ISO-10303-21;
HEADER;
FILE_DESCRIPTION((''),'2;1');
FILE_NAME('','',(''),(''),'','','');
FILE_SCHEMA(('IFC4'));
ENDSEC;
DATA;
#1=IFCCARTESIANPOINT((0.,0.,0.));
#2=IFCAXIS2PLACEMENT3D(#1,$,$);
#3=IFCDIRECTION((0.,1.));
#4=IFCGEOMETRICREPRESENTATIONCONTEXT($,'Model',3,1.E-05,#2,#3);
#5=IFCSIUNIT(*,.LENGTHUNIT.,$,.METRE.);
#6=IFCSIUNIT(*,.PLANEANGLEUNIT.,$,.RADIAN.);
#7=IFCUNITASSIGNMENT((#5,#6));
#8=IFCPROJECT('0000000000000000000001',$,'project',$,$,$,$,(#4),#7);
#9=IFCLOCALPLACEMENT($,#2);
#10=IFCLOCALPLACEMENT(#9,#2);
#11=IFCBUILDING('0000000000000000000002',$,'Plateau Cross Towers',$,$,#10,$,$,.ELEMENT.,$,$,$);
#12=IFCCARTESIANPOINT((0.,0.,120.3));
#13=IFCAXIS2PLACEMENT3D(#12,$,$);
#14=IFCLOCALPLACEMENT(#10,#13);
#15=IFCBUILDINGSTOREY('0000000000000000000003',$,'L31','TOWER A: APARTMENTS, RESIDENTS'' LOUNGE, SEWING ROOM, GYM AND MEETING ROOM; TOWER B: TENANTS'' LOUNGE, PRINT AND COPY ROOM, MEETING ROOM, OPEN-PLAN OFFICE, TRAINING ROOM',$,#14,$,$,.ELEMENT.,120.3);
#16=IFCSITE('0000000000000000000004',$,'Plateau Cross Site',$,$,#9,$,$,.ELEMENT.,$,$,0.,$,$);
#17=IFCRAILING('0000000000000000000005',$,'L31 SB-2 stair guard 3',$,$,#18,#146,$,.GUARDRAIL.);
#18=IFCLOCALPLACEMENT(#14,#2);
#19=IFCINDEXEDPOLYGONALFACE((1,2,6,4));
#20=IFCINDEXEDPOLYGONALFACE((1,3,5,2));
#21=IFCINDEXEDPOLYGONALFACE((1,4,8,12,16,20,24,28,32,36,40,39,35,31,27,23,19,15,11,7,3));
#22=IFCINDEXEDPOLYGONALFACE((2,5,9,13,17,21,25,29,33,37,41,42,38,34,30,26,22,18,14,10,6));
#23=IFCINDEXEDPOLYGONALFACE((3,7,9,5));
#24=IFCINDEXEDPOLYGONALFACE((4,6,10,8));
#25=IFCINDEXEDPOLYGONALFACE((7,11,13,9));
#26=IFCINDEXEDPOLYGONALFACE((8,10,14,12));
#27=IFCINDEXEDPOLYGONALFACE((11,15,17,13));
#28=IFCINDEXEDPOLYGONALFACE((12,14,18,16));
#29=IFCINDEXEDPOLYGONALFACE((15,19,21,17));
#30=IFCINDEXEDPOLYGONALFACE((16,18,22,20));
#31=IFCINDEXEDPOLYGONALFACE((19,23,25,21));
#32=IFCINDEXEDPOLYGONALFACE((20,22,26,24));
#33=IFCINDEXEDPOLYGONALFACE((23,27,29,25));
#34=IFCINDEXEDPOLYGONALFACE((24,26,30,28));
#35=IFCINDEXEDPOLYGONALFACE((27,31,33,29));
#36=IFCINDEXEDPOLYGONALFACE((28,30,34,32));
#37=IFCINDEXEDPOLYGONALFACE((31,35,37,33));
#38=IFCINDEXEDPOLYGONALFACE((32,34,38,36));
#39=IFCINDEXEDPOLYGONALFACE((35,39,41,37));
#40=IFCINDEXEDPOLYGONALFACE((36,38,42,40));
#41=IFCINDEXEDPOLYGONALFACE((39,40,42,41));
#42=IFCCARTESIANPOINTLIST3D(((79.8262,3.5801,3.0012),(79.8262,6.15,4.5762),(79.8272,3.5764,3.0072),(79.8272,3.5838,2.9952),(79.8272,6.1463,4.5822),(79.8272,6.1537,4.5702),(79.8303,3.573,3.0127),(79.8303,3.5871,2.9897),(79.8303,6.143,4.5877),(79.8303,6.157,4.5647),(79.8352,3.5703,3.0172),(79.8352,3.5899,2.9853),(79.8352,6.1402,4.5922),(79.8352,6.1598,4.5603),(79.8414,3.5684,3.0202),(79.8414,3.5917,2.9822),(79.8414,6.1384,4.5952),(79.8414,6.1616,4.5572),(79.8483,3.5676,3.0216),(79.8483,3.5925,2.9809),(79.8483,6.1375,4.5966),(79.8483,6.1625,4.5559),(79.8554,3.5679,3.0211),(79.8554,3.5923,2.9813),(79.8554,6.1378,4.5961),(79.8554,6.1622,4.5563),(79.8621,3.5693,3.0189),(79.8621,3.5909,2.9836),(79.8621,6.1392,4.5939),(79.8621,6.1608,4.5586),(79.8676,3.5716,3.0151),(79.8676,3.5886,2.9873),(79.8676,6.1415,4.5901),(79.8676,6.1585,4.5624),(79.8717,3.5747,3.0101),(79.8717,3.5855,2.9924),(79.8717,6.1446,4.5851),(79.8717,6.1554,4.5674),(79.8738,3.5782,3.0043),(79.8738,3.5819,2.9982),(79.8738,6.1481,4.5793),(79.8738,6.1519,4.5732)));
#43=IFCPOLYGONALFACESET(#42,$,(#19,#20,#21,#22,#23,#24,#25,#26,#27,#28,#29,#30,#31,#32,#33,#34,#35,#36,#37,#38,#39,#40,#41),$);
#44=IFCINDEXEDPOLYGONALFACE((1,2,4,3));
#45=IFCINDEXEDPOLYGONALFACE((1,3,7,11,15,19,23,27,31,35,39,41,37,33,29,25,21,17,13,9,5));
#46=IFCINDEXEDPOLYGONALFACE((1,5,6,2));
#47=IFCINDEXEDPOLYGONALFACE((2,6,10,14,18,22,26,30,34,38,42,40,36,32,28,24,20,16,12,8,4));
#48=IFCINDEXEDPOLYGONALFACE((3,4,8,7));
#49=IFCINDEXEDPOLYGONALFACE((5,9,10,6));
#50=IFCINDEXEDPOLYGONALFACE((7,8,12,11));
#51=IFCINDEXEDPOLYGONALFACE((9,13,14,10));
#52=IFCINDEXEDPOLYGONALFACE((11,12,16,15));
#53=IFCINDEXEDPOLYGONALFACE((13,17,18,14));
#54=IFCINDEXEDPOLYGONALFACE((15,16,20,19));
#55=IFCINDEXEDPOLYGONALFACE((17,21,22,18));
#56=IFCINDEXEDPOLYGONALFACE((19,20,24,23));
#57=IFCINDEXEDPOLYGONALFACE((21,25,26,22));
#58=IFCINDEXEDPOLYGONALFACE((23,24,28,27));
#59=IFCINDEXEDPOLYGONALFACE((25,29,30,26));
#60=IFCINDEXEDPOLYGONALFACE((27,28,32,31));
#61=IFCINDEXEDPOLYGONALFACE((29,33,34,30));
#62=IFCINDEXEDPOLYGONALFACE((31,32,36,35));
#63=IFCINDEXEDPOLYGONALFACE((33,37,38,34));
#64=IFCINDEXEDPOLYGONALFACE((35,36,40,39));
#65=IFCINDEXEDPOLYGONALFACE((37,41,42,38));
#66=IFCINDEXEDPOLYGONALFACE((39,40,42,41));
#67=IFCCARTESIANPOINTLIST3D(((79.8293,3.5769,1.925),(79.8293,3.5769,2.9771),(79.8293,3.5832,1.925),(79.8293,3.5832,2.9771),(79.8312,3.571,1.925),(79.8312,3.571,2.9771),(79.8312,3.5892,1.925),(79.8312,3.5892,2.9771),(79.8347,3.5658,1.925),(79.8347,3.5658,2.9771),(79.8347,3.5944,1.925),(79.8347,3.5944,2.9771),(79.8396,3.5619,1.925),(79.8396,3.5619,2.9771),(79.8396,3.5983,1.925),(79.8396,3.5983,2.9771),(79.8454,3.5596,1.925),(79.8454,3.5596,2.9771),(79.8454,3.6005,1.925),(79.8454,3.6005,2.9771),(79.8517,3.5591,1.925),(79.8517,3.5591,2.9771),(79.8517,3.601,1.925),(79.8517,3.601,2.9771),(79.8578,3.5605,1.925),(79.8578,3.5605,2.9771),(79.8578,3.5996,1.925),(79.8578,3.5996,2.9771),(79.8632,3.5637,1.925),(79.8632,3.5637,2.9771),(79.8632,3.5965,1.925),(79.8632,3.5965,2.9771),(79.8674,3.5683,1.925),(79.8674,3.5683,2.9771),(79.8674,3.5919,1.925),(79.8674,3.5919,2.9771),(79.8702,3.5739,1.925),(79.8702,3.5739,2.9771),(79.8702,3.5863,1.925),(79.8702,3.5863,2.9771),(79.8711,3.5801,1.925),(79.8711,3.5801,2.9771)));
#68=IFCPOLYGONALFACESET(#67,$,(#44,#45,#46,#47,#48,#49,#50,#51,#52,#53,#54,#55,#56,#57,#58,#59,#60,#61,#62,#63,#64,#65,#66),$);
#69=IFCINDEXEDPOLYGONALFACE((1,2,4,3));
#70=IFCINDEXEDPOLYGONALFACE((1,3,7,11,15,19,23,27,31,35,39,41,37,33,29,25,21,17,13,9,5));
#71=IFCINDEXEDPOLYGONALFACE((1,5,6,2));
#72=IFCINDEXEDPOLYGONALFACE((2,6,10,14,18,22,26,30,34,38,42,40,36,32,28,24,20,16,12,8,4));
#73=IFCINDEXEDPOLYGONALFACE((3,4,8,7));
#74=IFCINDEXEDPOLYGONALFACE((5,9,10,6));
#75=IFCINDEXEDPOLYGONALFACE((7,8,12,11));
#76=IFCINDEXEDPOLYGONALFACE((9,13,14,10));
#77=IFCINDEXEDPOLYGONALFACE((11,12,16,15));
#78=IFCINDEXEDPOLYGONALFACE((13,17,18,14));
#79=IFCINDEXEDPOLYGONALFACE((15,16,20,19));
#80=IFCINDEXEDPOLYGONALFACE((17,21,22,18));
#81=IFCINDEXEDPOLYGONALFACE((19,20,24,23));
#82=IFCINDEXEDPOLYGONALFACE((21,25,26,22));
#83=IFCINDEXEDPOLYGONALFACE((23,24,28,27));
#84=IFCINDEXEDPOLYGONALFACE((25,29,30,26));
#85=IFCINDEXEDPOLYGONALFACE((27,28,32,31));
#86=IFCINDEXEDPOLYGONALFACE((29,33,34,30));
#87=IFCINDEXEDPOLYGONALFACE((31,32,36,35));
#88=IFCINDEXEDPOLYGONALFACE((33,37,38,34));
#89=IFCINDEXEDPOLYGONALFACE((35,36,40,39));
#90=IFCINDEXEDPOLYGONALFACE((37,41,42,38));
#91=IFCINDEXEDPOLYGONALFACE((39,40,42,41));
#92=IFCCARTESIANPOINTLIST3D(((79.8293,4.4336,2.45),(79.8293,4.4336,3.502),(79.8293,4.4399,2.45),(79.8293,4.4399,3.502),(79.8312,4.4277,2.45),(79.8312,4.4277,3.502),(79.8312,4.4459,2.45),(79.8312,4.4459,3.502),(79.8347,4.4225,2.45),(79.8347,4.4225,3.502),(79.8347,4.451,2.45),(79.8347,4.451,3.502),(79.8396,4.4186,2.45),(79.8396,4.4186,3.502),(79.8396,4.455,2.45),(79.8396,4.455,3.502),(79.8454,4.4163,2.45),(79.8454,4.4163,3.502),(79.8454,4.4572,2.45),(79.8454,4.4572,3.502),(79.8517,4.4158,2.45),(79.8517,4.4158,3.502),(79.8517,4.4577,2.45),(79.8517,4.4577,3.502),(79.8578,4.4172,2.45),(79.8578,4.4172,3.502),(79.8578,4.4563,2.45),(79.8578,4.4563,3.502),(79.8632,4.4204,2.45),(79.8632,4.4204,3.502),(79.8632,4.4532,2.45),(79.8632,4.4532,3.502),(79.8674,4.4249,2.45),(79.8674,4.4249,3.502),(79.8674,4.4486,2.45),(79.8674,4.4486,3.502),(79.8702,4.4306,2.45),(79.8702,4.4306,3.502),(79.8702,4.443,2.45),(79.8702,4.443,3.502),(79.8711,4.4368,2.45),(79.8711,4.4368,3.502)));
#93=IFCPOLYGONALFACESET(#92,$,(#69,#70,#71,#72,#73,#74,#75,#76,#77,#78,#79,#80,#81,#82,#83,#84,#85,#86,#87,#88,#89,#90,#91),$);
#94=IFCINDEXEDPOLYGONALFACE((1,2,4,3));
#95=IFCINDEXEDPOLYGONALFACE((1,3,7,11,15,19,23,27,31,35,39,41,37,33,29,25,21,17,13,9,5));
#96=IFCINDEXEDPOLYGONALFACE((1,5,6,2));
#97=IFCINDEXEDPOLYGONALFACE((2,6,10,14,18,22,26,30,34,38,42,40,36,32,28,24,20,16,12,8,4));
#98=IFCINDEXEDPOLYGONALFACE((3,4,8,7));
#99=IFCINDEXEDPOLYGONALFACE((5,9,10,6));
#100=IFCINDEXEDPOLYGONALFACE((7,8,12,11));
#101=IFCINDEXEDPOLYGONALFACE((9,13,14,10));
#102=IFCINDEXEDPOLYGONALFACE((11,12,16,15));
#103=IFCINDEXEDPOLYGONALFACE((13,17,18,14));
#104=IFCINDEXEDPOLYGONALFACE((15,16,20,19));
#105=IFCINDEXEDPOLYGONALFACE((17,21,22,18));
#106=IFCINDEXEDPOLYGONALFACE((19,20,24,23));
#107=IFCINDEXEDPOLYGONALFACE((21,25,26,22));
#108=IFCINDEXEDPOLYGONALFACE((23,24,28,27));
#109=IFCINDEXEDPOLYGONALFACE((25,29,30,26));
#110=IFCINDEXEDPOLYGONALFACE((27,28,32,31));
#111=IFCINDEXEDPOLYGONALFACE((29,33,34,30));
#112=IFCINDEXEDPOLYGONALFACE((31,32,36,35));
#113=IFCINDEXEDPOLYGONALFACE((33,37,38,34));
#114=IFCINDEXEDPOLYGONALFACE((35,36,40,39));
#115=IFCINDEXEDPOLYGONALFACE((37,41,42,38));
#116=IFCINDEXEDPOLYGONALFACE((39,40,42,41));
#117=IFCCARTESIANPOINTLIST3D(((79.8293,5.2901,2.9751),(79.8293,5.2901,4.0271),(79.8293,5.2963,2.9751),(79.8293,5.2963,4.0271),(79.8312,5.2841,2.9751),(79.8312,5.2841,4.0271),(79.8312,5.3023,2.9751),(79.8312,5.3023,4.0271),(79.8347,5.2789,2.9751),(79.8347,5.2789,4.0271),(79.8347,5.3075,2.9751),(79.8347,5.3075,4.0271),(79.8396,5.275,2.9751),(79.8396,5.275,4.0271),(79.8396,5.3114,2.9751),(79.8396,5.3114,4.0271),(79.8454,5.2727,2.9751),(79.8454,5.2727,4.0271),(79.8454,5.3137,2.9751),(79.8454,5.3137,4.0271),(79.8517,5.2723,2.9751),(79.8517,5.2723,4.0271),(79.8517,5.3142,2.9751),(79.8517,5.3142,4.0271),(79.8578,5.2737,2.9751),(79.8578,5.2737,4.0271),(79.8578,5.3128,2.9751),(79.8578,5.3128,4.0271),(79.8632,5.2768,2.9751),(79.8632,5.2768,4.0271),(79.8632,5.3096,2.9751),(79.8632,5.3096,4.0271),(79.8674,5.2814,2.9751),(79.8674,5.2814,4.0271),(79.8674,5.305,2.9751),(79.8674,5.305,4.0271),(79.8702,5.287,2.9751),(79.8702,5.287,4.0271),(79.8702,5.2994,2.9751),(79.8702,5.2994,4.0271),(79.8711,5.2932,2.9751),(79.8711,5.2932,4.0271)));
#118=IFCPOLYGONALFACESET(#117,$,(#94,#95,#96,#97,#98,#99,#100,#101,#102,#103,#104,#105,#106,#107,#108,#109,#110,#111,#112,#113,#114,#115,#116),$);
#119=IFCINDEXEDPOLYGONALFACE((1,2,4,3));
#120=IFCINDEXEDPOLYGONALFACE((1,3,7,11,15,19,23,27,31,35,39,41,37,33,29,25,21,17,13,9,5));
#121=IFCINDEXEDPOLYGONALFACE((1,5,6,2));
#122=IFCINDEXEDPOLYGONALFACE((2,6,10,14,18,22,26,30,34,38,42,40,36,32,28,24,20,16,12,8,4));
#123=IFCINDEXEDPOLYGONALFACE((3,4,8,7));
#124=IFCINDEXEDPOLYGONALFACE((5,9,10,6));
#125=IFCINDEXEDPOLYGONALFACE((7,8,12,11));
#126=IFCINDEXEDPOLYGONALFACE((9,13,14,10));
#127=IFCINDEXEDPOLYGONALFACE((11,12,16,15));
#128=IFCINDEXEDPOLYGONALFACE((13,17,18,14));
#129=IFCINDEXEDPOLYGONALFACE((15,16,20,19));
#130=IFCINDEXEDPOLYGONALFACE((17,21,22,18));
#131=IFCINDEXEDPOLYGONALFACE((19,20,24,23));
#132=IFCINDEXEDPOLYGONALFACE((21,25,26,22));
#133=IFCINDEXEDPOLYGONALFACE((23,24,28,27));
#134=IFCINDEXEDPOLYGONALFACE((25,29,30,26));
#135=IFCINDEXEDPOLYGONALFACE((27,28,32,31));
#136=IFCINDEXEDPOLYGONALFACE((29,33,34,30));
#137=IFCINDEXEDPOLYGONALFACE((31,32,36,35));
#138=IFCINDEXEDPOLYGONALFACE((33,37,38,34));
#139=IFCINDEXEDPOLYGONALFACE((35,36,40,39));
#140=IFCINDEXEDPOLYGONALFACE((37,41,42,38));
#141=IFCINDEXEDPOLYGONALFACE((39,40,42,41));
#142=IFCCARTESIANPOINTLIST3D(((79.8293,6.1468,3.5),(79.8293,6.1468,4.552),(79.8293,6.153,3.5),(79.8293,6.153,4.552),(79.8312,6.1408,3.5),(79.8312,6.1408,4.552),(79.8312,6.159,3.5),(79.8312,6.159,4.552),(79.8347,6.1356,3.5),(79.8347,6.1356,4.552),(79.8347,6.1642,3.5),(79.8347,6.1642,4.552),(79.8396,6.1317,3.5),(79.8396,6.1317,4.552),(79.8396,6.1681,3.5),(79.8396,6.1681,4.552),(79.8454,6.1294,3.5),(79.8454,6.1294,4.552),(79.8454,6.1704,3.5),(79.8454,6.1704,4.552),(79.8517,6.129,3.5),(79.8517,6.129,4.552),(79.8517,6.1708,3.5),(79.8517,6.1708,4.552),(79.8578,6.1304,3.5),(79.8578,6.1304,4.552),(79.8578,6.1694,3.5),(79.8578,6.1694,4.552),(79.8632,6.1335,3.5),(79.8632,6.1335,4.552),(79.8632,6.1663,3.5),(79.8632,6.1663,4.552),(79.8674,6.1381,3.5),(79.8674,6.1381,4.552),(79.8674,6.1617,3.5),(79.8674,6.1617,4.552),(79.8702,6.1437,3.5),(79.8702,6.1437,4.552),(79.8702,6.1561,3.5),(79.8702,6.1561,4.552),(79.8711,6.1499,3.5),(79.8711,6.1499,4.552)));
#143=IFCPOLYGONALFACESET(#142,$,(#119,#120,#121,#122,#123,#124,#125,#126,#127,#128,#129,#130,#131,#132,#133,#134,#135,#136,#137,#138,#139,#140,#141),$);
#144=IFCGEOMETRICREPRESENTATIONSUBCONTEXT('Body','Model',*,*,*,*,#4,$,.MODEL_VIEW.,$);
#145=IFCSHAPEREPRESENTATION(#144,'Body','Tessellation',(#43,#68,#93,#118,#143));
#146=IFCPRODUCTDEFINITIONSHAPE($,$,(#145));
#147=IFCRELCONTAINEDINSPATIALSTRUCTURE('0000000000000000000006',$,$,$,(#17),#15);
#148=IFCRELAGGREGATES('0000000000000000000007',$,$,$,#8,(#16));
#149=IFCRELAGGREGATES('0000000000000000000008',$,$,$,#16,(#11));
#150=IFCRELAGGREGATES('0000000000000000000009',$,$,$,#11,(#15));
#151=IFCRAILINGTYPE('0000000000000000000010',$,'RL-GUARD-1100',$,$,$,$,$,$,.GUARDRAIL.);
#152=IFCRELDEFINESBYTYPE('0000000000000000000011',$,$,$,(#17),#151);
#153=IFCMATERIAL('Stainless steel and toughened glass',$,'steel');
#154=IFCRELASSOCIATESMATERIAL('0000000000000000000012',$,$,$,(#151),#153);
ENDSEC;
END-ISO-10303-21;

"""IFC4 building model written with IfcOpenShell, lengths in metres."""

from ifc_helpers import new_model, si_unit, direction, frame, origin, origin_2d, place, context, subcontext, project, spatial, circle, extrude, material, type_object, element, save


model = new_model("IFC4")

# Units and contexts
model_context = context("Model", 3, precision=1e-05, world=origin(), true_north=direction((0.0, 1.0)))
body_context = subcontext(model_context, "Body", "Model", "MODEL_VIEW")
ifc_project = project(units=[si_unit("LENGTHUNIT", "METRE"), si_unit("PLANEANGLEUNIT", "RADIAN")], contexts=[model_context])

# Site, building, storey
site_placement = place(None, origin())
site = spatial("IfcSite", under=ifc_project, at=site_placement, Name="Plateau Cross Site", CompositionType="ELEMENT", RefElevation=0.0)
building_placement = place(site_placement, origin())
building = spatial("IfcBuilding", under=site, at=building_placement, Name="Plateau Cross Towers", CompositionType="ELEMENT")
storey_placement = place(building_placement, frame((0.0, 0.0, 120.3)))
storey = spatial("IfcBuildingStorey", under=building, at=storey_placement, Name="L31", Description="TOWER A: APARTMENTS, RESIDENTS' LOUNGE, SEWING ROOM, GYM AND MEETING ROOM; TOWER B: TENANTS' LOUNGE, PRINT AND COPY ROOM, MEETING ROOM, OPEN-PLAN OFFICE, TRAINING ROOM", CompositionType="ELEMENT", Elevation=120.3)

# Railing
ifc_material_1 = material(Name="Stainless steel and toughened glass", Category="steel")
railing_type_1 = type_object("IfcRailingType", Name="RL-GUARD-1100", PredefinedType="GUARDRAIL", material=ifc_material_1)
railing_1_placement = place(storey_placement, frame((79.8501, 3.5801, 1.925)))
element("IfcRailing", 1, at=railing_1_placement, inside=storey, type_object=railing_type_1, Name="L31 SB-2 stair guard 3", PredefinedType="GUARDRAIL", context=body_context, shape_type="SweptSolid", body=[
    extrude(circle(Radius=0.0239, at=origin_2d()), frame((0.0, 0.0, 1.0762), z_axis=(0.0, 0.852616, 0.522537), x_axis=(-1.0, 0.0, 0.0)), (0.0, 0.0, 1.0), 3.0142),
    extrude(circle(Radius=0.021, at=origin_2d()), origin(), (0.0, 0.0, 1.0), 1.052),
    extrude(circle(Radius=0.021, at=origin_2d()), frame((0.0, 0.8567, 0.5249)), (0.0, 0.0, 1.0), 1.052),
    extrude(circle(Radius=0.021, at=origin_2d()), frame((0.0, 1.7131, 1.05)), (0.0, 0.0, 1.0), 1.052),
    extrude(circle(Radius=0.021, at=origin_2d()), frame((0.0, 2.5698, 1.575)), (0.0, 0.0, 1.0), 1.052),
])

save(model, "model.ifc")
